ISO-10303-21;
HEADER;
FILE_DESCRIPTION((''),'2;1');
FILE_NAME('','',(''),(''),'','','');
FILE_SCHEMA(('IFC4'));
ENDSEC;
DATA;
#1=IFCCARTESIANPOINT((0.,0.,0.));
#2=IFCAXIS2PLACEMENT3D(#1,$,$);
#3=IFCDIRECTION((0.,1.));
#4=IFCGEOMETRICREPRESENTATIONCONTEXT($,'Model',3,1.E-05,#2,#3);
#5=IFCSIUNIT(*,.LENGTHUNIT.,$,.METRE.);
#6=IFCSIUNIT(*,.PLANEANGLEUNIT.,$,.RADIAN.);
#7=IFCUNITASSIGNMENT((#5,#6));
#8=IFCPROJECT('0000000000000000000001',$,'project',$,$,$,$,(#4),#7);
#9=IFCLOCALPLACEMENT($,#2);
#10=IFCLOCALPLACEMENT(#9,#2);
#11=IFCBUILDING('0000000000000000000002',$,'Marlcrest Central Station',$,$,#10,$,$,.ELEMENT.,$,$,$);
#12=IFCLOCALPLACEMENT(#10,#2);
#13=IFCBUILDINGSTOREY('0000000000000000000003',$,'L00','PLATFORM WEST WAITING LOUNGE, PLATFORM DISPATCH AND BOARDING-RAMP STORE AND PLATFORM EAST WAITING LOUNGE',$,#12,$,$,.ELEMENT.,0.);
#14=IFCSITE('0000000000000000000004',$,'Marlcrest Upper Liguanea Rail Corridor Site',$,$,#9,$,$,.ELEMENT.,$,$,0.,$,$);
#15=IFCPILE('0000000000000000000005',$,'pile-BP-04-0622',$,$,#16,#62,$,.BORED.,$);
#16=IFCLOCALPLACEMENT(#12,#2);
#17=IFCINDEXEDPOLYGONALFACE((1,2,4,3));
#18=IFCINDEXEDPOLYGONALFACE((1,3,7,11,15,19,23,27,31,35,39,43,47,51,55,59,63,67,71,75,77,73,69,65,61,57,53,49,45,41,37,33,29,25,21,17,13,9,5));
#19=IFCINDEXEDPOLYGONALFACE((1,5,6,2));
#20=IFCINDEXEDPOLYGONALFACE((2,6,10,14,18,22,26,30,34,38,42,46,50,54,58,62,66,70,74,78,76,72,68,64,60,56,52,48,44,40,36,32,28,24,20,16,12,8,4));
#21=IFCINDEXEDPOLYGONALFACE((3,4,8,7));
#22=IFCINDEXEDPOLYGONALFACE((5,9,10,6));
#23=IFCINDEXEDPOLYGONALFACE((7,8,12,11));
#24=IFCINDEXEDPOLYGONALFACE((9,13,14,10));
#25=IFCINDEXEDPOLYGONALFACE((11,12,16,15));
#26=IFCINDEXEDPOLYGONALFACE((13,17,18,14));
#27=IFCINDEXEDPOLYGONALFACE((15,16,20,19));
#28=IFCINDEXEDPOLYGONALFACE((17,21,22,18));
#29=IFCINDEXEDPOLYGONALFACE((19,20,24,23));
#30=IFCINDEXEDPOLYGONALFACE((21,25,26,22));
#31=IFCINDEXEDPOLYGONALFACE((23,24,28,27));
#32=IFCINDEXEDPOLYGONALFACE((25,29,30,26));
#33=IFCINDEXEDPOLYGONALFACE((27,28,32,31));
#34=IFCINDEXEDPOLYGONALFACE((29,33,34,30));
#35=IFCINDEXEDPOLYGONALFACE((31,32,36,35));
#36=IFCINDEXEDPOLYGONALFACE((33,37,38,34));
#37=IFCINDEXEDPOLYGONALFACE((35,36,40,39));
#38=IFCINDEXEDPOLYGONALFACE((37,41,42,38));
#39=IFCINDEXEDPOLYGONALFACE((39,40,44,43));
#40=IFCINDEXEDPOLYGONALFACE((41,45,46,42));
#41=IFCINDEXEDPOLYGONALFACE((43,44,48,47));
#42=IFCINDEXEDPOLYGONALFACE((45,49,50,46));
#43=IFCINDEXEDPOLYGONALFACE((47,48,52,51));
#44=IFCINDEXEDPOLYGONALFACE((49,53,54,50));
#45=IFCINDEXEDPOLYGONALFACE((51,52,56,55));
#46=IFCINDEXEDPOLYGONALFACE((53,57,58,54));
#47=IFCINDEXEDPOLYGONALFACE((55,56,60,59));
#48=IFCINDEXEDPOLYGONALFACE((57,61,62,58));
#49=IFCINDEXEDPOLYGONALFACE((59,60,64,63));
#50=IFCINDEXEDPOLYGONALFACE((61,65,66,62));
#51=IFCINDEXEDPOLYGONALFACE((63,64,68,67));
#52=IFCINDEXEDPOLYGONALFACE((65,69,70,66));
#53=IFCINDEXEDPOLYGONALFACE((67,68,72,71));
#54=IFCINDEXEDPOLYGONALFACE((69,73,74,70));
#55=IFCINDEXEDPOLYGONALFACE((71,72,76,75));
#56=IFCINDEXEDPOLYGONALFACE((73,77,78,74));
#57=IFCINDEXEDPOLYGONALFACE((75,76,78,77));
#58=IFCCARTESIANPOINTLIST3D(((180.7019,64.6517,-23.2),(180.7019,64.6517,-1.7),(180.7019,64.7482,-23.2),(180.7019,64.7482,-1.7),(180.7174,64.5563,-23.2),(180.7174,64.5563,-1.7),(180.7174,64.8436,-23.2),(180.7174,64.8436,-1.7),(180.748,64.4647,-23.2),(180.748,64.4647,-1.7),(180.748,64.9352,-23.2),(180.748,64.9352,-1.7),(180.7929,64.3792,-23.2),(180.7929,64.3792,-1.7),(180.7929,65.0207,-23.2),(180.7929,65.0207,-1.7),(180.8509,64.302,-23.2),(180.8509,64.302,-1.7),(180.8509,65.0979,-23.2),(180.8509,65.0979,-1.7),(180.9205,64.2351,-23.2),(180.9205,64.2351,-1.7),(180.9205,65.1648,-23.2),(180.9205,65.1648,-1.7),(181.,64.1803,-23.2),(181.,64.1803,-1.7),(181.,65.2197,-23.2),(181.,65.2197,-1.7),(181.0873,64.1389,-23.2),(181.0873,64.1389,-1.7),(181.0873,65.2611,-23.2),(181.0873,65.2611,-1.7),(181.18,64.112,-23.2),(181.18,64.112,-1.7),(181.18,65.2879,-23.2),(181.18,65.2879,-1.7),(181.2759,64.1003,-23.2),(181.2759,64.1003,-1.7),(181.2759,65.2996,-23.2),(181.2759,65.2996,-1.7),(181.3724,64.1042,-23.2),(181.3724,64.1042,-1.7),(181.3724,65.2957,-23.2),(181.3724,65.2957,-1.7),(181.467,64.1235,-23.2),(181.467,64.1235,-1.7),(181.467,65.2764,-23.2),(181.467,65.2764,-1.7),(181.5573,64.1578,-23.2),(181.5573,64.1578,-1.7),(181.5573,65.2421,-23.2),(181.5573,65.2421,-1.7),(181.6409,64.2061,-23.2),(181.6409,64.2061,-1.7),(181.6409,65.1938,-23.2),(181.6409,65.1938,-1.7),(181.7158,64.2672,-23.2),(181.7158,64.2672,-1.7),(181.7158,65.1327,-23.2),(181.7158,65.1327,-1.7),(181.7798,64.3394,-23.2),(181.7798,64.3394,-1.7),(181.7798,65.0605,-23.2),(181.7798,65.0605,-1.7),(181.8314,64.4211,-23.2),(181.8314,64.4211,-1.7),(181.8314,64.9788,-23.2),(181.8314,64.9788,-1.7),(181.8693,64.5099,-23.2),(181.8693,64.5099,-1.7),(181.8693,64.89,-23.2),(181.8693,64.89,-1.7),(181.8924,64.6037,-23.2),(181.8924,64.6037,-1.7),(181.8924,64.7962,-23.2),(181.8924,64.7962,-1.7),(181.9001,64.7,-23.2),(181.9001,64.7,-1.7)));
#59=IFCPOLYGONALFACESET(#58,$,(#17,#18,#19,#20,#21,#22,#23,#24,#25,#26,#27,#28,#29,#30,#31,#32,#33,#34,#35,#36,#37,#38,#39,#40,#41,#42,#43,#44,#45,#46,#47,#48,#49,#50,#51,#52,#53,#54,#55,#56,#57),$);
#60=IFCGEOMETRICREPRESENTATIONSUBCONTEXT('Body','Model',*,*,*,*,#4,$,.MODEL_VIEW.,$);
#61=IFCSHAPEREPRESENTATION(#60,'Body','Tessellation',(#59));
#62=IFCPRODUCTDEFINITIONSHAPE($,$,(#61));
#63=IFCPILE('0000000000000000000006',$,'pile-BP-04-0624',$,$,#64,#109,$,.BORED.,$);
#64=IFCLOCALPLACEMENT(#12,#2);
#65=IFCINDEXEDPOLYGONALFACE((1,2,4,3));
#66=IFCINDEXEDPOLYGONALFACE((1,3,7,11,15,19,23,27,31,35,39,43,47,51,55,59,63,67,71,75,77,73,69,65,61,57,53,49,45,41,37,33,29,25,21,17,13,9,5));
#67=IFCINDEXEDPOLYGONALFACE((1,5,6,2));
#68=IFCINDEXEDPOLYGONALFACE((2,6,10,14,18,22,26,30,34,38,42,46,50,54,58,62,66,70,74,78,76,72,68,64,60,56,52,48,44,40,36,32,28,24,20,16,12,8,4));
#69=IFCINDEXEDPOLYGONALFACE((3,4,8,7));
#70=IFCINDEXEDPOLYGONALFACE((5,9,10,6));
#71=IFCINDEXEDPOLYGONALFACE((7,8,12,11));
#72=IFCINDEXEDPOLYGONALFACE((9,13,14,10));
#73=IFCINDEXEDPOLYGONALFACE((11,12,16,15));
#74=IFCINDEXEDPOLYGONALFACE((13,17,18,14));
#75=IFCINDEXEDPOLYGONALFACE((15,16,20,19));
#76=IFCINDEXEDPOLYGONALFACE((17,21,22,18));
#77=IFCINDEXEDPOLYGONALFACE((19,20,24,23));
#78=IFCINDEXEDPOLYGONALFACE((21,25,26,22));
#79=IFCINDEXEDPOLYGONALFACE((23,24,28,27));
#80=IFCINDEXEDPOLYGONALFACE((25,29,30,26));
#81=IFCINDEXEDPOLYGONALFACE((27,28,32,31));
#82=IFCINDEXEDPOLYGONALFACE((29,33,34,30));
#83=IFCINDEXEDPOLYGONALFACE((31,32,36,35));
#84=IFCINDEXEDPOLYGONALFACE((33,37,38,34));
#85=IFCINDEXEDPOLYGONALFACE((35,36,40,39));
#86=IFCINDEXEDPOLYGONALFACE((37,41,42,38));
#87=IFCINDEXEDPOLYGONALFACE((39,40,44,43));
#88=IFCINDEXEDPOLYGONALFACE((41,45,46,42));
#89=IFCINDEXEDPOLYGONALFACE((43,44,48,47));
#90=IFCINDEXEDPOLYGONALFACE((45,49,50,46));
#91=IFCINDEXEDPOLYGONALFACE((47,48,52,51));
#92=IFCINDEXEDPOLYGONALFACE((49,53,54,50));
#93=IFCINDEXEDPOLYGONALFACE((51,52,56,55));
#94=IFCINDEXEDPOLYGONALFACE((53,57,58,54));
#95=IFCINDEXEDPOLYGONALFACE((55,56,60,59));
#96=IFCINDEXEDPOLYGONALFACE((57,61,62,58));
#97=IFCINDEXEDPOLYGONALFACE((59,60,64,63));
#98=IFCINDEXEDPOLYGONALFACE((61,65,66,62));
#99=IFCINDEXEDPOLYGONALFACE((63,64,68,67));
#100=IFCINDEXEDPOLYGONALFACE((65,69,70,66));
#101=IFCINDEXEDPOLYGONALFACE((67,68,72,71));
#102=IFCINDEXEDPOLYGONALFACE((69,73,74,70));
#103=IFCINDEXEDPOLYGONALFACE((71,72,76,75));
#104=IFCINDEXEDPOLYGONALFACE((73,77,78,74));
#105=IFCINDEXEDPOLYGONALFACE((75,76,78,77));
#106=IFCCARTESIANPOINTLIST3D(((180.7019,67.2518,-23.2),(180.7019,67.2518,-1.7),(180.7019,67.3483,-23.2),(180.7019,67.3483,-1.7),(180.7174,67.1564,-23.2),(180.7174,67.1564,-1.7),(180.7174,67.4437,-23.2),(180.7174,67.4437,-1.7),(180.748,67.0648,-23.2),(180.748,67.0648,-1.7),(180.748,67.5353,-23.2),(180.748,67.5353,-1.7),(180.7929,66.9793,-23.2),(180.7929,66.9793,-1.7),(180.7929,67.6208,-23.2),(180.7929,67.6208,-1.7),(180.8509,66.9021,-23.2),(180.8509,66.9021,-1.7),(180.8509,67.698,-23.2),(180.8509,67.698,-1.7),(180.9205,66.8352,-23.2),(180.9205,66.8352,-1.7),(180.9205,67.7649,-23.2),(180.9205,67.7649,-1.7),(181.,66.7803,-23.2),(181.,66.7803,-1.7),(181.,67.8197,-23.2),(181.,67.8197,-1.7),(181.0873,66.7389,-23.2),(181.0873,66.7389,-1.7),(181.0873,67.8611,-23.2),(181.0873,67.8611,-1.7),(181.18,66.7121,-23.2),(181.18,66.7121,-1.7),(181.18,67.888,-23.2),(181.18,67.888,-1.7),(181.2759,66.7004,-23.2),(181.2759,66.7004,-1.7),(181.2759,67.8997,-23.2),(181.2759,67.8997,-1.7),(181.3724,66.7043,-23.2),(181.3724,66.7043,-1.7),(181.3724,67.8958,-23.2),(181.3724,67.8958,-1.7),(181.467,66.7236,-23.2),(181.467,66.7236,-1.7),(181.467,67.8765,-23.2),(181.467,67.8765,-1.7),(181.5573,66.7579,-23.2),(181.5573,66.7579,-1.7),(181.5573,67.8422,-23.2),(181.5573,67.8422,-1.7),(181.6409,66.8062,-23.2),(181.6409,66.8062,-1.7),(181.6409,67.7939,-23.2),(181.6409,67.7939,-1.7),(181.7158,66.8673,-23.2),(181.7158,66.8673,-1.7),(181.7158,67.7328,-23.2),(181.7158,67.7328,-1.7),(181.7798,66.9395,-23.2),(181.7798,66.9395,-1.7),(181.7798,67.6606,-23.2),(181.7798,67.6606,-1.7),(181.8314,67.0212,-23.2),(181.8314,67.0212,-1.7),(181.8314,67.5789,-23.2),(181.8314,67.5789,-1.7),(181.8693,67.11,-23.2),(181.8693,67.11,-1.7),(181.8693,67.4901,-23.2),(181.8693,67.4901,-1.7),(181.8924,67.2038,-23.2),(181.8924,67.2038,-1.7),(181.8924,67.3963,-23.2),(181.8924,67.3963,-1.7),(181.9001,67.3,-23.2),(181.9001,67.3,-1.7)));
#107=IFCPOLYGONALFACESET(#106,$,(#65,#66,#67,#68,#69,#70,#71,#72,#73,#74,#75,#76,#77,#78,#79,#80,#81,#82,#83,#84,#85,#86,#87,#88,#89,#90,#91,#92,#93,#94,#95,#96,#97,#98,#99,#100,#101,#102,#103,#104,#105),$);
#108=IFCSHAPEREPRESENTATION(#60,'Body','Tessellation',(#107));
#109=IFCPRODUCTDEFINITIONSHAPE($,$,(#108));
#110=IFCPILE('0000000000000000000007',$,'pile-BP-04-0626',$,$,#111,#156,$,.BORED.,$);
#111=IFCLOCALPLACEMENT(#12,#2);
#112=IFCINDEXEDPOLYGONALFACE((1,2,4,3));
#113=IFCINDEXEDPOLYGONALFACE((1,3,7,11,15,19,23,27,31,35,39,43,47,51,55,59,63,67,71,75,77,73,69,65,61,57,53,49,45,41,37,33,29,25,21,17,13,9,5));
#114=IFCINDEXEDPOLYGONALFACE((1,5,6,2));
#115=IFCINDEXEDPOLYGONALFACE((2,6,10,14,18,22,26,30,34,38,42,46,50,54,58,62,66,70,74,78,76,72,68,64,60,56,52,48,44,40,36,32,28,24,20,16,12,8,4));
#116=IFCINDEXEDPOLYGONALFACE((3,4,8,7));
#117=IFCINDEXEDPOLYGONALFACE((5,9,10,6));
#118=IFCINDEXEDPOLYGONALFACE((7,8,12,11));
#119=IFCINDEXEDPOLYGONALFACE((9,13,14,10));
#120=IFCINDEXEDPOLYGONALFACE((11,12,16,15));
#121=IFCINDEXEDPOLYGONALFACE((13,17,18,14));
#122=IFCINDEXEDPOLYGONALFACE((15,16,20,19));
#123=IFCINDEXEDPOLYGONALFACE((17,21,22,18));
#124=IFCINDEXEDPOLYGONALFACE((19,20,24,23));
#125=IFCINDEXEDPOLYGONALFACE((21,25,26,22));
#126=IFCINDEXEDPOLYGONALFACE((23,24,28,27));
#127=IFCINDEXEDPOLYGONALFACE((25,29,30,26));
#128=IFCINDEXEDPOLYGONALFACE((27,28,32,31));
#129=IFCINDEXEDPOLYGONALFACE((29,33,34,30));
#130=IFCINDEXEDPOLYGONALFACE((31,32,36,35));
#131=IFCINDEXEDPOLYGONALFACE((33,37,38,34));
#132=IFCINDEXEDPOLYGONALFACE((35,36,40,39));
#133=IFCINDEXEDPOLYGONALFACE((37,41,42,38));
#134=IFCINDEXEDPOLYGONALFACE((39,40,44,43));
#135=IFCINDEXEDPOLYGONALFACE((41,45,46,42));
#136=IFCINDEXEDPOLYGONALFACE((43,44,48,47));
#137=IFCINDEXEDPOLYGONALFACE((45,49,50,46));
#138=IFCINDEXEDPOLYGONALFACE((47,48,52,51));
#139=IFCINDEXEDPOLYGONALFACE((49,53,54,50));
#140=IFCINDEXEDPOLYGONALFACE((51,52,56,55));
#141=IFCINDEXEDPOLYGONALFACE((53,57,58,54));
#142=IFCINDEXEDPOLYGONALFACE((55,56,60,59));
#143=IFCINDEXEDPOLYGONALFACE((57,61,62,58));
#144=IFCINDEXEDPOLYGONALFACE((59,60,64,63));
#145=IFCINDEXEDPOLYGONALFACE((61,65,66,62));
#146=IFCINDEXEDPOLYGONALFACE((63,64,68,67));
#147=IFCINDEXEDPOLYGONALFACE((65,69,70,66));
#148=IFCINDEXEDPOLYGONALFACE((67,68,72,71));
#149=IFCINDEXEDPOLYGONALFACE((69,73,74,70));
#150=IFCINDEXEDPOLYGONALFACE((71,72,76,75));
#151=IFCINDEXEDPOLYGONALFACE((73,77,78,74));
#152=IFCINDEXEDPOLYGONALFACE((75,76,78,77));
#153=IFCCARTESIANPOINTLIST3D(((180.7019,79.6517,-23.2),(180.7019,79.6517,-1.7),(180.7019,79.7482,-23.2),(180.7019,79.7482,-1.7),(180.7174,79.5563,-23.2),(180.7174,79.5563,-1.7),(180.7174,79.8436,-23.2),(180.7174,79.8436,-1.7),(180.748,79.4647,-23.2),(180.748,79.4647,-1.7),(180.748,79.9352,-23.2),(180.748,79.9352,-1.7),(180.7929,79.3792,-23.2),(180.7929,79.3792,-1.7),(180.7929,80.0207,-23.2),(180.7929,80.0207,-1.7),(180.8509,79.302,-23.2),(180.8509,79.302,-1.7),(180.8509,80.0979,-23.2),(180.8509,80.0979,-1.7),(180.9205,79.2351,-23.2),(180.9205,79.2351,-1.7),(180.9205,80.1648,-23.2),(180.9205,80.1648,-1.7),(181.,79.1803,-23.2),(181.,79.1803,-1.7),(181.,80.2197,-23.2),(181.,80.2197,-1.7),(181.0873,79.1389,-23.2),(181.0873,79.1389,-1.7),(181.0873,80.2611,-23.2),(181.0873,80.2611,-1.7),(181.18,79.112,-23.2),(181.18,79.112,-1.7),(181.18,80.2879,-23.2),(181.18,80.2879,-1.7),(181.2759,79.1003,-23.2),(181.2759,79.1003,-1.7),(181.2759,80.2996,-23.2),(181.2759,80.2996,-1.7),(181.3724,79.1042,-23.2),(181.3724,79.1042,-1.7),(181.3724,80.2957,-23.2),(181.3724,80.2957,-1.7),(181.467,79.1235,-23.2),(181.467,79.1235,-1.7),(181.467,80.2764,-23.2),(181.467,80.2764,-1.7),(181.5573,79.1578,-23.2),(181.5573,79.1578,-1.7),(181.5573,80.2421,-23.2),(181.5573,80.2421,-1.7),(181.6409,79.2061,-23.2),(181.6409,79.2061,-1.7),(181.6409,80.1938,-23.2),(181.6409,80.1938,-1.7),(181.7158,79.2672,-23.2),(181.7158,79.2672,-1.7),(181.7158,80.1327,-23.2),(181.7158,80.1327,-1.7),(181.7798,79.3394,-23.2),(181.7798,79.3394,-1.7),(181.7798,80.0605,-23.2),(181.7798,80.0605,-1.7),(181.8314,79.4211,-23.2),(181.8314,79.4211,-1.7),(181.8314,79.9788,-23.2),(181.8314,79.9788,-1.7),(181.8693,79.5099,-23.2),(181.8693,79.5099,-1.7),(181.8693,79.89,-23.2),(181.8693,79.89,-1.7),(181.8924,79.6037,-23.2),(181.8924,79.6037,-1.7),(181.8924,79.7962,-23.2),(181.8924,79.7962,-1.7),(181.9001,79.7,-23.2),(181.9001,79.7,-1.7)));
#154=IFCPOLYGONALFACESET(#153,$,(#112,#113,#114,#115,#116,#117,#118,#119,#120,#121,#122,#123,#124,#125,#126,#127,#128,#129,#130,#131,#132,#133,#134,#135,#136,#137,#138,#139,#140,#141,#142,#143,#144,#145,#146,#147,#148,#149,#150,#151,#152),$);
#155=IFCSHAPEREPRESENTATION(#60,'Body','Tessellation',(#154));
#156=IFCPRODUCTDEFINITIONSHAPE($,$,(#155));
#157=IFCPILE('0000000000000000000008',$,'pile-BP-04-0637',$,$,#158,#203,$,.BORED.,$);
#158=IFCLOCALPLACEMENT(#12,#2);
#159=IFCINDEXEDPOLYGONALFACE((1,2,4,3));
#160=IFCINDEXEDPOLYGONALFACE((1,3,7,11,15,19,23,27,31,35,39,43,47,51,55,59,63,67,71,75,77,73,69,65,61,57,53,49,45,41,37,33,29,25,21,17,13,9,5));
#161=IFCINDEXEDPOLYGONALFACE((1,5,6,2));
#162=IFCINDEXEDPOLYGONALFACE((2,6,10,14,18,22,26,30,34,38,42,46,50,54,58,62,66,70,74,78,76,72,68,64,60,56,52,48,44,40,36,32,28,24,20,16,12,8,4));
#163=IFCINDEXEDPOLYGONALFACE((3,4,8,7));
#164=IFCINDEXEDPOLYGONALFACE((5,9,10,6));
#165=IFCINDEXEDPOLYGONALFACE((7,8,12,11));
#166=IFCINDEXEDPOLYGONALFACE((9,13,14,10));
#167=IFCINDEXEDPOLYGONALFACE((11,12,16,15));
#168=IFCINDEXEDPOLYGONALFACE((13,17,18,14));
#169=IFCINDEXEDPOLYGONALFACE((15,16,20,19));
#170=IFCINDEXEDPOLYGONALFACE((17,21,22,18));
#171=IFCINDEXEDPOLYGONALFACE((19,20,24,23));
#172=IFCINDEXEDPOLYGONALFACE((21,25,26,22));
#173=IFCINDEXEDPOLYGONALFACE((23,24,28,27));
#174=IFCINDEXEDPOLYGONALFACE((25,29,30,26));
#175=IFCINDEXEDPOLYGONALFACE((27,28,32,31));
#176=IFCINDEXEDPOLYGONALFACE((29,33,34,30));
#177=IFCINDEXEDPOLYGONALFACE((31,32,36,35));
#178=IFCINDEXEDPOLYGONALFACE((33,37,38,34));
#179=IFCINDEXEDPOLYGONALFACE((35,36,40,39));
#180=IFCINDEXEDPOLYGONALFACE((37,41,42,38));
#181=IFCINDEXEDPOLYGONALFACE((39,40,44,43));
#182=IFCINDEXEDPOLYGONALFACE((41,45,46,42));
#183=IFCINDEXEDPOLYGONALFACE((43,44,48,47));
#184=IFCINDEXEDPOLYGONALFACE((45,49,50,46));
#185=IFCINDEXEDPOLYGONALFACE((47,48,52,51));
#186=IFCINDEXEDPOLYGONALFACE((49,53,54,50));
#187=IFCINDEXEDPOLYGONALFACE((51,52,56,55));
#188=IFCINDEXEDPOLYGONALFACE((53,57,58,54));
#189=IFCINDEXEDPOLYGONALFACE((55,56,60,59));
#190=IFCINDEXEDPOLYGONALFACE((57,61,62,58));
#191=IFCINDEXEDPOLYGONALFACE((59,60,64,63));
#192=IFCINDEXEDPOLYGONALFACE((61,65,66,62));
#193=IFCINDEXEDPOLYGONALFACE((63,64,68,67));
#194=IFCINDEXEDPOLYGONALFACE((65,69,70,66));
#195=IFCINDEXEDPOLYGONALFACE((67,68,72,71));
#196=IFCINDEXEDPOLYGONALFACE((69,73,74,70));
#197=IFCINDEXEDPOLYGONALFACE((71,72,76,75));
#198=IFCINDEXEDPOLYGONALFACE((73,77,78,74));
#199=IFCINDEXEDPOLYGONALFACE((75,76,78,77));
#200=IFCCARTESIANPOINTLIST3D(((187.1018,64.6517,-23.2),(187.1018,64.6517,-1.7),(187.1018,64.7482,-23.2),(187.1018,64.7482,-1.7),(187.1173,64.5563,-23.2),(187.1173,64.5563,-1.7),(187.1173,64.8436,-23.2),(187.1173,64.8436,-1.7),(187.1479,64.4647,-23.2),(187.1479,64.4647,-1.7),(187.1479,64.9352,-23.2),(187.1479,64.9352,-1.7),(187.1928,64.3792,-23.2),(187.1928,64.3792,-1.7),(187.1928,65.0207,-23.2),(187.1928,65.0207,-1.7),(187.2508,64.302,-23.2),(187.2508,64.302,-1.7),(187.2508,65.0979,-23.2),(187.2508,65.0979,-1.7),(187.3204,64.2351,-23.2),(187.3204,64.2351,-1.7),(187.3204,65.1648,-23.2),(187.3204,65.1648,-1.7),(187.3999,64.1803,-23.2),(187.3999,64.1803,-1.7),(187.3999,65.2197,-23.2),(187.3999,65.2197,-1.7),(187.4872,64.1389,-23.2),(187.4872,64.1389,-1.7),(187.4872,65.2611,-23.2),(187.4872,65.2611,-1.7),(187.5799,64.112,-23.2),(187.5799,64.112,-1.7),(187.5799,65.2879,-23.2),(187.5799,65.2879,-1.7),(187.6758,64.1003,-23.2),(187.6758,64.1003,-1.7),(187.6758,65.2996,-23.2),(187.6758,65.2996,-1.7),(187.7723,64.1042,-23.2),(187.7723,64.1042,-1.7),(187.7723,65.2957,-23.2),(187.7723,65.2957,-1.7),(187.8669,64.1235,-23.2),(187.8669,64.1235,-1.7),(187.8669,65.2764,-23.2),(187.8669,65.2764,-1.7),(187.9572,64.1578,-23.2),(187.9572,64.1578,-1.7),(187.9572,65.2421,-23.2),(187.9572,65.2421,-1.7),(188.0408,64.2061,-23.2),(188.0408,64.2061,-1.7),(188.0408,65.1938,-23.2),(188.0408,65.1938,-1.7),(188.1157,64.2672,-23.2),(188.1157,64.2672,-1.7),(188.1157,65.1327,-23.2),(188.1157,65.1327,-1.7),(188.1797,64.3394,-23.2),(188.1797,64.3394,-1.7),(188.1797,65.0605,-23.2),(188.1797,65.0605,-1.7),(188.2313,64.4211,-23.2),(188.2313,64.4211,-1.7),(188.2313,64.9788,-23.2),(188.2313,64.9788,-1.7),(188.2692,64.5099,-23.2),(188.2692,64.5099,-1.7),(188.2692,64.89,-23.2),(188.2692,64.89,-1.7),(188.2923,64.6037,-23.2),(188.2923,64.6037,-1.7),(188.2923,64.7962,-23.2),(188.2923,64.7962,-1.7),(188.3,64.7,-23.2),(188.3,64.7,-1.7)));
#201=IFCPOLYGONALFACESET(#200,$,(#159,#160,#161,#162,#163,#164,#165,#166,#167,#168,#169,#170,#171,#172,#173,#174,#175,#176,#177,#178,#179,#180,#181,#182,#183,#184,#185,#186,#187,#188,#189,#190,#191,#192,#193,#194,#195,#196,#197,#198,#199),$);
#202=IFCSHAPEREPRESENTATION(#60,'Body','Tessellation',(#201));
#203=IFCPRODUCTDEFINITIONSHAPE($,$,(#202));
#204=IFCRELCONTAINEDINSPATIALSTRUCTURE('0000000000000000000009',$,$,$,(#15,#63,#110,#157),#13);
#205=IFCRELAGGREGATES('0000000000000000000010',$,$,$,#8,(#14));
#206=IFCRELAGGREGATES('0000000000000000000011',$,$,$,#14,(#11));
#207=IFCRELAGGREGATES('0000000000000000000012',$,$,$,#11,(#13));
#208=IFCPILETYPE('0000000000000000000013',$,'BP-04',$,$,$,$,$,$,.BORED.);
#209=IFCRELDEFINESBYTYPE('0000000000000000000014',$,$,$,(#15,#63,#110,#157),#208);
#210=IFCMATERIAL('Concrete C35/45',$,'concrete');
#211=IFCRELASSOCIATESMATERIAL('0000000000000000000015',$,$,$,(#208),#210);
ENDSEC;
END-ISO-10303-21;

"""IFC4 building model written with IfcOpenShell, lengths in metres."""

from ifc_helpers import new_model, si_unit, direction, frame, origin, origin_2d, place, context, subcontext, project, spatial, circle, extrude, material, material_profile, profile_set, type_object, element, save


model = new_model("IFC4")

# Units and contexts
model_context = context("Model", 3, precision=1e-05, world=origin(), true_north=direction((0.0, 1.0)))
body_context = subcontext(model_context, "Body", "Model", "MODEL_VIEW")
ifc_project = project(units=[si_unit("LENGTHUNIT", "METRE"), si_unit("PLANEANGLEUNIT", "RADIAN")], contexts=[model_context])

# Site, building, storey
site_placement = place(None, origin())
site = spatial("IfcSite", under=ifc_project, at=site_placement, Name="Marlcrest Upper Liguanea Rail Corridor Site", CompositionType="ELEMENT", RefElevation=0.0)
building_placement = place(site_placement, origin())
building = spatial("IfcBuilding", under=site, at=building_placement, Name="Marlcrest Central Station", CompositionType="ELEMENT")
storey_placement = place(building_placement, origin())
storey = spatial("IfcBuildingStorey", under=building, at=storey_placement, Name="L00", Description="PLATFORM WEST WAITING LOUNGE, PLATFORM DISPATCH AND BOARDING-RAMP STORE AND PLATFORM EAST WAITING LOUNGE", CompositionType="ELEMENT", Elevation=0.0)

# Piles
ifc_material_1 = material(Name="Concrete C35/45", Category="concrete")
ifc_material_profile_1 = material_profile(ifc_material_1, circle(Radius=0.6001, at=origin_2d()), Name="PILE D1200")
ifc_profile_set_1 = profile_set([ifc_material_profile_1], Name="Concrete C35/45")
pile_type = type_object("IfcPileType", Name="BP-04", PredefinedType="BORED", material=ifc_profile_set_1)
for number, where, z_axis, x_axis, name in (
    (1, (181.3, 64.7, -1.7), (0.0, 0.0, -1.0), (1.0, 0.0, 0.0), "pile-BP-04-0622"),
    (2, (181.3, 67.3, -1.7), (0.0, 0.0, -1.0), (1.0, 0.0, 0.0), "pile-BP-04-0624"),
    (3, (181.3, 79.7, -1.7), (0.0, 0.0, -1.0), (1.0, 0.0, 0.0), "pile-BP-04-0626"),
    (4, (187.7, 64.7, -1.7), (0.0, 0.0, -1.0), (1.0, 0.0, 0.0), "pile-BP-04-0637"),
):
    element("IfcPile", number, at=place(storey_placement, frame(where, z_axis=z_axis, x_axis=x_axis)), inside=storey, type_object=pile_type, Name=name, PredefinedType="BORED", context=body_context, shape_type="SweptSolid", body=[
        extrude(circle(Radius=0.6001, at=origin_2d()), origin(), (0.0, 0.0, 1.0), 21.5),
    ])

save(model, "model.ifc")
